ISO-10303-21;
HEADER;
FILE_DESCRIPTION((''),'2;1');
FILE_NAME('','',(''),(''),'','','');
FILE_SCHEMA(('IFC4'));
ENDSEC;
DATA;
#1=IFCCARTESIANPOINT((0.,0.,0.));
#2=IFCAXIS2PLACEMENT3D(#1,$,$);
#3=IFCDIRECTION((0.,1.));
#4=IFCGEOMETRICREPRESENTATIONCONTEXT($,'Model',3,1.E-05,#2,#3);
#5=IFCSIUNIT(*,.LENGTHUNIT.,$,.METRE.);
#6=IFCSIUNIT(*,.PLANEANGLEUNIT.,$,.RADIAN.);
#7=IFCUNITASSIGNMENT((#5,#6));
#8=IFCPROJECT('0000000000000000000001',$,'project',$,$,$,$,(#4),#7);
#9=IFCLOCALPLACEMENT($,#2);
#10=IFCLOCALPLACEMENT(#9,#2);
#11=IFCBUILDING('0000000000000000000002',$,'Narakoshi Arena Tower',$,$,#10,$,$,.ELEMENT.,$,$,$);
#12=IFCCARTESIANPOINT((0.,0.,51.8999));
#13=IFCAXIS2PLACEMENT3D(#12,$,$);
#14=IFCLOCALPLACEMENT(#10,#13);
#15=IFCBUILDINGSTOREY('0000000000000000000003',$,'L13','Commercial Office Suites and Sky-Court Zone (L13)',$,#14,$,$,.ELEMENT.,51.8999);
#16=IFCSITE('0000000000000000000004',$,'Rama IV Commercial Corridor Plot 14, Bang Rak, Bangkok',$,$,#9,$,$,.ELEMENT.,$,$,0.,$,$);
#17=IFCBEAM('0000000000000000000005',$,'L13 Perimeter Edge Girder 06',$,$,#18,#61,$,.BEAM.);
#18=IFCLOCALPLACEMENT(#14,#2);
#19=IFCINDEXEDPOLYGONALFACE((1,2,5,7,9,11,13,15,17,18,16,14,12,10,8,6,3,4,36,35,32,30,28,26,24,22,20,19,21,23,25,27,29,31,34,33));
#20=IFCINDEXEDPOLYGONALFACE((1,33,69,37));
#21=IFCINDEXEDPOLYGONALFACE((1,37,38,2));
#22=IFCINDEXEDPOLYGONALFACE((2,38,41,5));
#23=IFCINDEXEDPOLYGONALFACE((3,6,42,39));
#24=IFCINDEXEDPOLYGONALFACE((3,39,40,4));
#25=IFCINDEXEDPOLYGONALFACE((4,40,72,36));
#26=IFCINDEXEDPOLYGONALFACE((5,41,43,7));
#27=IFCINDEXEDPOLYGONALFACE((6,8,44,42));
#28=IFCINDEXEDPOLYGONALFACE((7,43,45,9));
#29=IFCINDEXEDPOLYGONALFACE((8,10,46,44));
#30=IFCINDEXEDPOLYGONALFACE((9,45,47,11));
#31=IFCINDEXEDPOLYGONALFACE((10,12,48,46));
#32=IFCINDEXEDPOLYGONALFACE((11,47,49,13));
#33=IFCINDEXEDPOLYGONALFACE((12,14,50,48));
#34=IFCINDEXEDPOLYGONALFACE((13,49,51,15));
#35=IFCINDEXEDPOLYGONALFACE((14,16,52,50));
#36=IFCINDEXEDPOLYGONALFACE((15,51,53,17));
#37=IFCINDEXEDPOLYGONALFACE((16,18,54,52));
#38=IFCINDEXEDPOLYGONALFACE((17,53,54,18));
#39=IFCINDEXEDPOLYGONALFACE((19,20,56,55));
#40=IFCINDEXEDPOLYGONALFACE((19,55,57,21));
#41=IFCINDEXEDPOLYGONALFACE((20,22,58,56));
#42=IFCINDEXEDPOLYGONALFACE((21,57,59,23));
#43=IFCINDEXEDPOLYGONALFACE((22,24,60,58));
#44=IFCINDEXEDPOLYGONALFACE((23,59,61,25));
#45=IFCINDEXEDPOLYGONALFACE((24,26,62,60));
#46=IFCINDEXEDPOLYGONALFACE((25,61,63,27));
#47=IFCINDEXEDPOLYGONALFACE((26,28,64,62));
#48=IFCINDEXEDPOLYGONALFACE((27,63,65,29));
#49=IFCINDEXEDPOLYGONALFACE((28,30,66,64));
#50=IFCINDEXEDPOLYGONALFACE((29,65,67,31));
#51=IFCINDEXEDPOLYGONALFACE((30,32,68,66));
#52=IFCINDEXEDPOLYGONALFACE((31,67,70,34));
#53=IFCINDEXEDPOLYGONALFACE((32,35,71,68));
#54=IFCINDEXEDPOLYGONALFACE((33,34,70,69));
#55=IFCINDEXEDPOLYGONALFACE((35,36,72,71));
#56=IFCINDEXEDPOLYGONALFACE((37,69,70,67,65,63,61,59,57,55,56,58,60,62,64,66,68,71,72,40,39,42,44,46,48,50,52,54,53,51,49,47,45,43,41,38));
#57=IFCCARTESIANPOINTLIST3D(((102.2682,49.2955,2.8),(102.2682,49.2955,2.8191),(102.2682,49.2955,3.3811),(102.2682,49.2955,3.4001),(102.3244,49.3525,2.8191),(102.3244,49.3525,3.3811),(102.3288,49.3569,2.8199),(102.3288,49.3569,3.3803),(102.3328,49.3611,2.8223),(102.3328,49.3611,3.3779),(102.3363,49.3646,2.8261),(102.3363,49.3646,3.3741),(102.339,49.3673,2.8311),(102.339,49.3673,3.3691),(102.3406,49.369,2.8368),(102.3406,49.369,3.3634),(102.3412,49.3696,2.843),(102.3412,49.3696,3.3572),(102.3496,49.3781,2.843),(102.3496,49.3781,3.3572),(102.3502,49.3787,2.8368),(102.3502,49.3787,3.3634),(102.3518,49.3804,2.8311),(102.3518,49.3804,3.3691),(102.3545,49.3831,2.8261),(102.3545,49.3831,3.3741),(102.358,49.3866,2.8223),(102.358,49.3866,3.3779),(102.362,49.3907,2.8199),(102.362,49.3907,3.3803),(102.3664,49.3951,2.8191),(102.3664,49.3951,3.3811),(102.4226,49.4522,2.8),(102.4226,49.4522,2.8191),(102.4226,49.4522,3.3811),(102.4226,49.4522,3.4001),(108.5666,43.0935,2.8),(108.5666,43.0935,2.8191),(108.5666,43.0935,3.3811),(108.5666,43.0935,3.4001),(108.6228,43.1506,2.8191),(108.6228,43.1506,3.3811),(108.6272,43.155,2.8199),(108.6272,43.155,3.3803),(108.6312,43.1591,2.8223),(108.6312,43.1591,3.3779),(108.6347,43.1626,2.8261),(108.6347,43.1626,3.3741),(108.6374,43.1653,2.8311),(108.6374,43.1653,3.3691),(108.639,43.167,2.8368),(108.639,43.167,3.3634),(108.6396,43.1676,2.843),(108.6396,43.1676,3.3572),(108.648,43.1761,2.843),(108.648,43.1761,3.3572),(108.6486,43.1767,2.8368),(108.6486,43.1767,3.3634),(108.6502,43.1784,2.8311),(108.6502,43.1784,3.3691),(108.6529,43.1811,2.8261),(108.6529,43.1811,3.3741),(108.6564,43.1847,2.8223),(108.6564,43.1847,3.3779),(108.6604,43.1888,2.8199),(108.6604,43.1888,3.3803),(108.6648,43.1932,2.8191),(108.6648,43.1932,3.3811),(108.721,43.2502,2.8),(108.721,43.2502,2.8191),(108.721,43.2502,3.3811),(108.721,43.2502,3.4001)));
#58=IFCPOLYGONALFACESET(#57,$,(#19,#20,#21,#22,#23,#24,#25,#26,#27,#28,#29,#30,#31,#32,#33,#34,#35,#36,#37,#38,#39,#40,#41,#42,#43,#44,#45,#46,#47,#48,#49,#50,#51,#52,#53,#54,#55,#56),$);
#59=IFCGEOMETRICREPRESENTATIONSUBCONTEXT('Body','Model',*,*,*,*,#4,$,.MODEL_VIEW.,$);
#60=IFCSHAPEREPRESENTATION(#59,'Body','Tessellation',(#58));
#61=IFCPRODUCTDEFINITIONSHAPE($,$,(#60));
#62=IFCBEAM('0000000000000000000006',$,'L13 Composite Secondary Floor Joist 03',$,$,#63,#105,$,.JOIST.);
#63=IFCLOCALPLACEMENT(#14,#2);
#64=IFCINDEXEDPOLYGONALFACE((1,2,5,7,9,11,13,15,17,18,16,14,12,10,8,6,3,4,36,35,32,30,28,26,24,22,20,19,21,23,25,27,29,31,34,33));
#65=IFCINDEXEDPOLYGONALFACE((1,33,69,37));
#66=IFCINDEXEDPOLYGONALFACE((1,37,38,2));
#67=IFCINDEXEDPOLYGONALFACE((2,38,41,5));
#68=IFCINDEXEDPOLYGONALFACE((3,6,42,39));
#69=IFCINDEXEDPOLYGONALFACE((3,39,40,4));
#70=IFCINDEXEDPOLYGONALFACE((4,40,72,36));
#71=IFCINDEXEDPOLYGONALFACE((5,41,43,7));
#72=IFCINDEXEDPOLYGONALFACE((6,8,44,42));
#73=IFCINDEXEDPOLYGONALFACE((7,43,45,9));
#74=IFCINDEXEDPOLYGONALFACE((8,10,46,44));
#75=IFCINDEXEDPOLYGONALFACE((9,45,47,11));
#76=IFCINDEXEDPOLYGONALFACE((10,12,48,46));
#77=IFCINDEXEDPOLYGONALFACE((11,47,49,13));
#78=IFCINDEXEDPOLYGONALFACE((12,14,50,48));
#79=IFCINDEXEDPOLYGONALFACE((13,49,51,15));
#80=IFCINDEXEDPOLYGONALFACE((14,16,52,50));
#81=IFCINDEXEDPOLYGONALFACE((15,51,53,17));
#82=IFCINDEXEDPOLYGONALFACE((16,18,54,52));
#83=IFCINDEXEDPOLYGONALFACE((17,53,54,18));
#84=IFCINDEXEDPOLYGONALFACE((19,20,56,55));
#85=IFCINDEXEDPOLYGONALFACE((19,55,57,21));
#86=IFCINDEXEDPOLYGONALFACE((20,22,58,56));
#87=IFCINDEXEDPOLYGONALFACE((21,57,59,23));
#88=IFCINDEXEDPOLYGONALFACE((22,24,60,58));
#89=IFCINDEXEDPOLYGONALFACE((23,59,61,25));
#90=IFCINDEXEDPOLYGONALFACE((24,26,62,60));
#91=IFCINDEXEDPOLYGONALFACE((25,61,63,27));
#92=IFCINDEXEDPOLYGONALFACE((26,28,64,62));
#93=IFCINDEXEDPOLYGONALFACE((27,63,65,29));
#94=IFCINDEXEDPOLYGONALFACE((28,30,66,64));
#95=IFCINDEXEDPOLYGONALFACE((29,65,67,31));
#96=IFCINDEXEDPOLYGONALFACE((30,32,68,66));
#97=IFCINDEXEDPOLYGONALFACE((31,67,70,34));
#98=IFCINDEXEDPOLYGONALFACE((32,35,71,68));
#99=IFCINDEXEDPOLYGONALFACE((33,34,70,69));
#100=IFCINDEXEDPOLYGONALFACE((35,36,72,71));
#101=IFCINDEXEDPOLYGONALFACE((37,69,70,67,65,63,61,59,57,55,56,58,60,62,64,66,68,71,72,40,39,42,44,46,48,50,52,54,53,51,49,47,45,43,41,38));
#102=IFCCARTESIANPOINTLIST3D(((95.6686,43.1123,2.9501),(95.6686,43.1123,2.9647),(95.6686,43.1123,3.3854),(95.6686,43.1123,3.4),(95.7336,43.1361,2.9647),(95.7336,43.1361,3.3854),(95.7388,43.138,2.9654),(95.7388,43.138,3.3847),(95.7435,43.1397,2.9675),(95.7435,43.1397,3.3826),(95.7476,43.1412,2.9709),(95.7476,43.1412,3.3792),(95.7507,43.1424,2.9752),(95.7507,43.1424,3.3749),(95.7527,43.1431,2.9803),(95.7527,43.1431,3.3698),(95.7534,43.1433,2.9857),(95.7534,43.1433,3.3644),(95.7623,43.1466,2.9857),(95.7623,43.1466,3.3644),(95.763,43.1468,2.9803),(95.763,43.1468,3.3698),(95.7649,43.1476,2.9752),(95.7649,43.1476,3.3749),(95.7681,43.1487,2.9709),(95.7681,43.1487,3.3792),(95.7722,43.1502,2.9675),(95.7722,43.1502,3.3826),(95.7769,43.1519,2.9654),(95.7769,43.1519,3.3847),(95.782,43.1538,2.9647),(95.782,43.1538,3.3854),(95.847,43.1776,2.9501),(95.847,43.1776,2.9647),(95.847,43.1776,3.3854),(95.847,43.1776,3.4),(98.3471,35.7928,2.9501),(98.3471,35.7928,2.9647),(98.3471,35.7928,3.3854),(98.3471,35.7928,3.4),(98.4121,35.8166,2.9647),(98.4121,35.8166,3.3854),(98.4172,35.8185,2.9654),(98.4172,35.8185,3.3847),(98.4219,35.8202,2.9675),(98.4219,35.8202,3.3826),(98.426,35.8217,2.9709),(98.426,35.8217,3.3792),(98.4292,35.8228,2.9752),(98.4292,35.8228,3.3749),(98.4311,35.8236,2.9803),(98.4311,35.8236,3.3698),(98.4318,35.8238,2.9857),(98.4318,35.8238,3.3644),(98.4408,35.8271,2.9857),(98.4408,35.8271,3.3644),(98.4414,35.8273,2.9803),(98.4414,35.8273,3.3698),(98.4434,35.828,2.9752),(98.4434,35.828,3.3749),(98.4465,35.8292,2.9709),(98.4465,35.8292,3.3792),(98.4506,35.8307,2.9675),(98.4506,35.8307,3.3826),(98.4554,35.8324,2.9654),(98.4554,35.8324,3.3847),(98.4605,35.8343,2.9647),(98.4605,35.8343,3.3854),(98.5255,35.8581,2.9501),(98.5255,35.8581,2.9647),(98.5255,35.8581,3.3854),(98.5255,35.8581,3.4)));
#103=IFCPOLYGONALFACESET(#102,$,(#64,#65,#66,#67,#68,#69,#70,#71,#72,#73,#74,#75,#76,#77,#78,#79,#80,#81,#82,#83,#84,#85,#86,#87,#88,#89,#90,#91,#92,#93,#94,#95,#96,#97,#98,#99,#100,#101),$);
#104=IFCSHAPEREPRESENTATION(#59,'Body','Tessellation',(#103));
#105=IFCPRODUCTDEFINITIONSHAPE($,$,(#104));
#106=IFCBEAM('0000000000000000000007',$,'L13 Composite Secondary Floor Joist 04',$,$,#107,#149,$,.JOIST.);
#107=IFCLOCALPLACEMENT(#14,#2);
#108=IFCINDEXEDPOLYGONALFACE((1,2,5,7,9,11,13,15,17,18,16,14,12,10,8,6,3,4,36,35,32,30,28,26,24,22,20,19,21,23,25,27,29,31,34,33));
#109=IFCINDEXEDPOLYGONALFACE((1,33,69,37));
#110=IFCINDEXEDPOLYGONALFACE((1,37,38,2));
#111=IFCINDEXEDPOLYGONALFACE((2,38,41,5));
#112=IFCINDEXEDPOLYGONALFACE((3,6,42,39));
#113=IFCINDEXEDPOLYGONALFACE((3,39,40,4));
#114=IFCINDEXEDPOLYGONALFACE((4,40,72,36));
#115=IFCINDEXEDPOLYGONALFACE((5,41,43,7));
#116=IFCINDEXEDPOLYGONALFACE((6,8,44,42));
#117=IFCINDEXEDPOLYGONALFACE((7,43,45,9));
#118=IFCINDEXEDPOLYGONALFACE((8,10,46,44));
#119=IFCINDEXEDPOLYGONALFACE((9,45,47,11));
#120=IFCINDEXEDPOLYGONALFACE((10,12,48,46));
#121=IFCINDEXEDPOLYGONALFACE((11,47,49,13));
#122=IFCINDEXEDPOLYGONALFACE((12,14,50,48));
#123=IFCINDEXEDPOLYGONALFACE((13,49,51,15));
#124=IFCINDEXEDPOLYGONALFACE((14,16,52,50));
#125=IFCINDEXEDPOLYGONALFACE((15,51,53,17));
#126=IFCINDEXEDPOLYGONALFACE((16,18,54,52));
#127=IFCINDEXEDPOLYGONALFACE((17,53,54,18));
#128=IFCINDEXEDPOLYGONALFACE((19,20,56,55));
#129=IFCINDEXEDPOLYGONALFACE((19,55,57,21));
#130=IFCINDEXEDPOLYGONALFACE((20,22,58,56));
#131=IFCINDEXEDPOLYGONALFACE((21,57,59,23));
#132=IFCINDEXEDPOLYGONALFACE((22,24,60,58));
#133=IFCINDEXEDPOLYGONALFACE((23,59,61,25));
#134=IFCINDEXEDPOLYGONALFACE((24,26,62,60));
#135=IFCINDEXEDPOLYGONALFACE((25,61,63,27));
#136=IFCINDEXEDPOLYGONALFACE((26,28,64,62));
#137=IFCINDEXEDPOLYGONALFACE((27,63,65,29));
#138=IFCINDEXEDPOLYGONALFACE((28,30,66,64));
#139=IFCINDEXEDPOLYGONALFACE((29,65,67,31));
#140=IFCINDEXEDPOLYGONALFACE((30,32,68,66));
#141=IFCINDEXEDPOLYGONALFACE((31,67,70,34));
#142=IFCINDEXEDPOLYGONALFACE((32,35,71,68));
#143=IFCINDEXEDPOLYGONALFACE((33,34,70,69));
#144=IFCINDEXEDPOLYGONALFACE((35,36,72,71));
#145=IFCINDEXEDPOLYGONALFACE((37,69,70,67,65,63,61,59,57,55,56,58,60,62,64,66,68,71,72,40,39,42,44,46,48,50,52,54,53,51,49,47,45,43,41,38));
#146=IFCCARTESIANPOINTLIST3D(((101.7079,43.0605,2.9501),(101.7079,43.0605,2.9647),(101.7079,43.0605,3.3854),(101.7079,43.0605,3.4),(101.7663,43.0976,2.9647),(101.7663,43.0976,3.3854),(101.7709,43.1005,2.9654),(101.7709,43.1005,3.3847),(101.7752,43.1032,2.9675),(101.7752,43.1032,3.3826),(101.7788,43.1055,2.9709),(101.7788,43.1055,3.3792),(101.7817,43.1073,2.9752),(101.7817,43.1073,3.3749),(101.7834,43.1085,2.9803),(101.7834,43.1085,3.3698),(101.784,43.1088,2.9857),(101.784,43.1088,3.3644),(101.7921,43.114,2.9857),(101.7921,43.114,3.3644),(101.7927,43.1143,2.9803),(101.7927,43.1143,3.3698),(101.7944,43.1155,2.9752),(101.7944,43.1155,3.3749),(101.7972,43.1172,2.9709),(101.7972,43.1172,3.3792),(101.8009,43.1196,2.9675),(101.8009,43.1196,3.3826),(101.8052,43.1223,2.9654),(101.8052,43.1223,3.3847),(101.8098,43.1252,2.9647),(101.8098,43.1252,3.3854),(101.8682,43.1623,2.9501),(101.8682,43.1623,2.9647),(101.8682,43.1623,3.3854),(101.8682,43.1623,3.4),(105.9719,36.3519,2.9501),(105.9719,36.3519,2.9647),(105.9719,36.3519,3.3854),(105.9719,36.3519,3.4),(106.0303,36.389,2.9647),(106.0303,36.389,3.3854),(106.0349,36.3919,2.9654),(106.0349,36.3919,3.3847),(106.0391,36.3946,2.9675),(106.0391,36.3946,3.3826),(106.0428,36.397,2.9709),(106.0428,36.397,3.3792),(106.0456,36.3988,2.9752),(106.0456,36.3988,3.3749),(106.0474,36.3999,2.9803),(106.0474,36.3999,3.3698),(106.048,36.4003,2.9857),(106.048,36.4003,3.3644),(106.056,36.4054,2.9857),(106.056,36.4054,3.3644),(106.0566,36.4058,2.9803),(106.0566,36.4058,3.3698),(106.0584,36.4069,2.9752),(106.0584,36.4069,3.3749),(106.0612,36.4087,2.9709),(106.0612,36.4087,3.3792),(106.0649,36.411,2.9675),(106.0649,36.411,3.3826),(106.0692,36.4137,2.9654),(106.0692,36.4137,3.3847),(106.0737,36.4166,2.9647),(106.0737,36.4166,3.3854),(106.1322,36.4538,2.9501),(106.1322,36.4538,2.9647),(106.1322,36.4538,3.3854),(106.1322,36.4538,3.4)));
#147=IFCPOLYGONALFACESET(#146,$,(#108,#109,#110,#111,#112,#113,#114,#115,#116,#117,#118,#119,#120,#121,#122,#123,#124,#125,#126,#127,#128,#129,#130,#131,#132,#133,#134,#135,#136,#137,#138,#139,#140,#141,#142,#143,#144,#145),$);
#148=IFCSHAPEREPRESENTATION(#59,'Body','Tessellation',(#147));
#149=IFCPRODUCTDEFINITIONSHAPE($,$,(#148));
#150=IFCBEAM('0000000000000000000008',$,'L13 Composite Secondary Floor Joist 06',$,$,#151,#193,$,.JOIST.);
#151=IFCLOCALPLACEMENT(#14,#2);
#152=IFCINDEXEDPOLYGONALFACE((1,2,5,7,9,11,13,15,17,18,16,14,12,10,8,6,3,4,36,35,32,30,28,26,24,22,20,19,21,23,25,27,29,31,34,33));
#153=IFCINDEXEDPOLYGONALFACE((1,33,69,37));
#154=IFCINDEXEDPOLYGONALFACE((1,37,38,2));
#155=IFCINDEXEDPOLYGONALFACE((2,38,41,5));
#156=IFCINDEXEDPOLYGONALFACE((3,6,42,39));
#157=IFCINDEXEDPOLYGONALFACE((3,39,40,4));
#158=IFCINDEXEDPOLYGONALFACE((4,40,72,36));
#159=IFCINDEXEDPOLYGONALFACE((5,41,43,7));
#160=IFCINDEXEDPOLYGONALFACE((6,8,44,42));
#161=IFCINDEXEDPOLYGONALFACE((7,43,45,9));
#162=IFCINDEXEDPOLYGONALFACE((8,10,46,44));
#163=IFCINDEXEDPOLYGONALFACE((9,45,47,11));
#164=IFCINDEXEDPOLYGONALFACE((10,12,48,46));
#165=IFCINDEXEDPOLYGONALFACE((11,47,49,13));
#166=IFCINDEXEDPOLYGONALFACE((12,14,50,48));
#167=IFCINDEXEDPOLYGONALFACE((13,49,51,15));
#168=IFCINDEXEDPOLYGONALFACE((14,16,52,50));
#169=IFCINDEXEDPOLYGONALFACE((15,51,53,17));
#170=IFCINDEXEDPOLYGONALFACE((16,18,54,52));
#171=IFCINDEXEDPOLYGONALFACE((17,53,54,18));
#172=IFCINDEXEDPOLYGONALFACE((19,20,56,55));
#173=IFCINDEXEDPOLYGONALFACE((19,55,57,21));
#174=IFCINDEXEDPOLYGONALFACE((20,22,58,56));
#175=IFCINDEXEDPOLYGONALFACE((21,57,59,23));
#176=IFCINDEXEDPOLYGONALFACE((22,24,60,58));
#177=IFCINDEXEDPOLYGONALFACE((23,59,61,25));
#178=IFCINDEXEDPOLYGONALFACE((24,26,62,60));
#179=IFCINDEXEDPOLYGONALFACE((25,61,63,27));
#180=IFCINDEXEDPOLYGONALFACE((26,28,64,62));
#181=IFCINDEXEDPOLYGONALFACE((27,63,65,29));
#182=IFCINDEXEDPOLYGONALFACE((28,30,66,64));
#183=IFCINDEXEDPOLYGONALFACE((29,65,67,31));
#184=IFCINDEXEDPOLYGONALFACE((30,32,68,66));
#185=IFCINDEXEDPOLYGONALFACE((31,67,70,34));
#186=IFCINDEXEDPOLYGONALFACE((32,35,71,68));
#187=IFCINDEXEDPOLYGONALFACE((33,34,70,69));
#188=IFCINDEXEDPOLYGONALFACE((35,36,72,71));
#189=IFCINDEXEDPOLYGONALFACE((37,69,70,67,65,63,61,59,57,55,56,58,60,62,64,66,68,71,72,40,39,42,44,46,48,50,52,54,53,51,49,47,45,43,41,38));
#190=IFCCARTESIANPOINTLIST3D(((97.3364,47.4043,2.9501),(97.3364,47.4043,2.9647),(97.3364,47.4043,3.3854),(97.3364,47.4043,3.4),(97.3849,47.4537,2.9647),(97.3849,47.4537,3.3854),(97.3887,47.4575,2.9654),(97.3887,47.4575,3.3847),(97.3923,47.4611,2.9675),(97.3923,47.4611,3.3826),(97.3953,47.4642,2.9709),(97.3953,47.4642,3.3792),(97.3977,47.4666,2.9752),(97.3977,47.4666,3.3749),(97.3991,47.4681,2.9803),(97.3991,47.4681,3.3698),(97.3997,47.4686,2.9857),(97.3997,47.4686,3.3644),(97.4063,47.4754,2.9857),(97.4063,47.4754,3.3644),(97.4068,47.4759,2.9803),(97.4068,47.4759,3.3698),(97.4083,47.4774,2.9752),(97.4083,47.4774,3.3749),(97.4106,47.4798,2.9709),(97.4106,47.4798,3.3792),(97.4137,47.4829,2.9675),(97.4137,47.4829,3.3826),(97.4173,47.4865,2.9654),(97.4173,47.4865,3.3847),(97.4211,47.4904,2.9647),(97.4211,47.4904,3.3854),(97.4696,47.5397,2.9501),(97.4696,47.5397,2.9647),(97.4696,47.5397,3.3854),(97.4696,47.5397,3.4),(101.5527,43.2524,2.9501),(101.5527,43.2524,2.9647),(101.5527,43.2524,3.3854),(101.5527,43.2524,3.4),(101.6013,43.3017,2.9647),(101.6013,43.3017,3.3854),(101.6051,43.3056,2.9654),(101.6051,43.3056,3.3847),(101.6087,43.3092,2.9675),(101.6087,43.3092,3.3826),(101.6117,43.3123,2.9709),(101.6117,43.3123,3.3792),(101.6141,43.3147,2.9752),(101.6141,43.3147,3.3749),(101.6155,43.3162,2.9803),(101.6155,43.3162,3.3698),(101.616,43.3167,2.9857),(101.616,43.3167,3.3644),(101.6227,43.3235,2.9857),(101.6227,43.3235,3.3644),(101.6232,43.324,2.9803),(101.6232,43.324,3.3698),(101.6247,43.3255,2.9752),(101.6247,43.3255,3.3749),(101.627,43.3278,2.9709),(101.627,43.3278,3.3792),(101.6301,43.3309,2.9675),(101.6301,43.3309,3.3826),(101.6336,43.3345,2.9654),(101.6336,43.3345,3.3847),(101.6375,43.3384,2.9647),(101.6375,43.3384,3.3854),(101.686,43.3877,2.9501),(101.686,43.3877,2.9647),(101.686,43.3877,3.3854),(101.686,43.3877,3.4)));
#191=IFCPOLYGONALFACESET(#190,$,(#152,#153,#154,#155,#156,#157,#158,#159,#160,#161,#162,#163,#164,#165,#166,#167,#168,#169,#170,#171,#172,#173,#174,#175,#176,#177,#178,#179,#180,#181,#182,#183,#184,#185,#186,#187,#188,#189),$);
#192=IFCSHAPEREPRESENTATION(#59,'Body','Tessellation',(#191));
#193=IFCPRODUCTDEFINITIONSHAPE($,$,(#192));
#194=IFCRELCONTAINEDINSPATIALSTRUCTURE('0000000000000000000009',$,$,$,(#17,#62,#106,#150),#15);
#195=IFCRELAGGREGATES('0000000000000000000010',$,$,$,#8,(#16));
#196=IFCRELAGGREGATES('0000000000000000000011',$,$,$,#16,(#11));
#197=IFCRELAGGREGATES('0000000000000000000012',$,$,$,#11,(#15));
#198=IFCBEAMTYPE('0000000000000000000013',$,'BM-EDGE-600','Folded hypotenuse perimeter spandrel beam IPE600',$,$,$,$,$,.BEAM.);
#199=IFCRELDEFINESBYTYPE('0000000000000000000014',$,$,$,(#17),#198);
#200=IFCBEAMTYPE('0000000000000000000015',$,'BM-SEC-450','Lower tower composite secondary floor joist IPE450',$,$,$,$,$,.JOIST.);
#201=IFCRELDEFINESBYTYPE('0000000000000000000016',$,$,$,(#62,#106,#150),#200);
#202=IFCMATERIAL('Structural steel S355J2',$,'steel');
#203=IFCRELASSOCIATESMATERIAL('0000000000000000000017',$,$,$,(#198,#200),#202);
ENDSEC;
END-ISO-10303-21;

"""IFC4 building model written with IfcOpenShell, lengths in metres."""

from ifc_helpers import new_model, si_unit, direction, frame, origin, origin_2d, place, context, subcontext, project, spatial, i_section, extrude, material, material_profile, profile_set, type_object, element, save


model = new_model("IFC4")

# Units and contexts
model_context = context("Model", 3, precision=1e-05, world=origin(), true_north=direction((0.0, 1.0)))
body_context = subcontext(model_context, "Body", "Model", "MODEL_VIEW")
ifc_project = project(units=[si_unit("LENGTHUNIT", "METRE"), si_unit("PLANEANGLEUNIT", "RADIAN")], contexts=[model_context])

# Site, building, storey
site_placement = place(None, origin())
site = spatial("IfcSite", under=ifc_project, at=site_placement, Name="Rama IV Commercial Corridor Plot 14, Bang Rak, Bangkok", CompositionType="ELEMENT", RefElevation=0.0)
building_placement = place(site_placement, origin())
building = spatial("IfcBuilding", under=site, at=building_placement, Name="Narakoshi Arena Tower", CompositionType="ELEMENT")
storey_placement = place(building_placement, frame((0.0, 0.0, 51.8999)))
storey = spatial("IfcBuildingStorey", under=building, at=storey_placement, Name="L13", Description="Commercial Office Suites and Sky-Court Zone (L13)", CompositionType="ELEMENT", Elevation=51.8999)

# Beams
ifc_material_1 = material(Name="Structural steel S355J2", Category="steel")
ifc_material_profile_1 = material_profile(ifc_material_1, i_section(OverallWidth=0.22, OverallDepth=0.6001, WebThickness=0.012, FlangeThickness=0.019, FilletRadius=0.0239, at=origin_2d()), Name="IPE600")
ifc_profile_set_1 = profile_set([ifc_material_profile_1], Name="Structural steel S355J2")
beam_type_1 = type_object("IfcBeamType", Name="BM-EDGE-600", Description="Folded hypotenuse perimeter spandrel beam IPE600", PredefinedType="BEAM", material=ifc_profile_set_1)
for number, where, z_axis, x_axis, name in (
    (1, (108.6438, 43.1719, 3.1001), (-0.712541, 0.701631, 0.0), (-0.701631, -0.712541, 0.0), "L13 Perimeter Edge Girder 06"),
):
    element("IfcBeam", number, at=place(storey_placement, frame(where, z_axis=z_axis, x_axis=x_axis)), inside=storey, type_object=beam_type_1, Name=name, PredefinedType="BEAM", context=body_context, shape_type="SweptSolid", body=[
        extrude(i_section(OverallWidth=0.22, OverallDepth=0.6001, WebThickness=0.012, FlangeThickness=0.019, FilletRadius=0.0239, at=origin_2d()), origin(), (0.0, 0.0, 1.0), 8.8394),
    ])
ifc_material_profile_2 = material_profile(ifc_material_1, i_section(OverallWidth=0.1899, OverallDepth=0.45, WebThickness=0.0095, FlangeThickness=0.0146, FilletRadius=0.021, at=origin_2d()), Name="IPE450")
ifc_profile_set_2 = profile_set([ifc_material_profile_2], Name="Structural steel S355J2")
beam_type_2 = type_object("IfcBeamType", Name="BM-SEC-450", Description="Lower tower composite secondary floor joist IPE450", PredefinedType="JOIST", material=ifc_profile_set_2)
beam_1_placement = place(storey_placement, frame((98.4363, 35.8254, 3.175), z_axis=(-0.343646, 0.939099, 0.0), x_axis=(-0.939099, -0.343646, 0.0)))
element("IfcBeam", 2, at=beam_1_placement, inside=storey, type_object=beam_type_2, Name="L13 Composite Secondary Floor Joist 03", PredefinedType="JOIST", context=body_context, shape_type="SweptSolid", body=[
    extrude(i_section(OverallWidth=0.1899, OverallDepth=0.45, WebThickness=0.0095, FlangeThickness=0.0146, FilletRadius=0.021, at=origin_2d()), origin(), (0.0, 0.0, 1.0), 7.7942),
])
beam_2_placement = place(storey_placement, frame((106.052, 36.4028, 3.175), z_axis=(-0.536416, 0.843954, 0.0), x_axis=(-0.843954, -0.536416, 0.0)))
element("IfcBeam", 3, at=beam_2_placement, inside=storey, type_object=beam_type_2, Name="L13 Composite Secondary Floor Joist 04", PredefinedType="JOIST", context=body_context, shape_type="SweptSolid", body=[
    extrude(i_section(OverallWidth=0.1899, OverallDepth=0.45, WebThickness=0.0095, FlangeThickness=0.0146, FilletRadius=0.021, at=origin_2d()), origin(), (0.0, 0.0, 1.0), 7.949),
])
beam_3_placement = place(storey_placement, frame((101.6194, 43.3201, 3.175), z_axis=(-0.712532, 0.70164, 0.0), x_axis=(-0.70164, -0.712532, 0.0)))
element("IfcBeam", 4, at=beam_3_placement, inside=storey, type_object=beam_type_2, Name="L13 Composite Secondary Floor Joist 06", PredefinedType="JOIST", context=body_context, shape_type="SweptSolid", body=[
    extrude(i_section(OverallWidth=0.1899, OverallDepth=0.45, WebThickness=0.0095, FlangeThickness=0.0146, FilletRadius=0.021, at=origin_2d()), origin(), (0.0, 0.0, 1.0), 5.9175),
])

save(model, "model.ifc")
